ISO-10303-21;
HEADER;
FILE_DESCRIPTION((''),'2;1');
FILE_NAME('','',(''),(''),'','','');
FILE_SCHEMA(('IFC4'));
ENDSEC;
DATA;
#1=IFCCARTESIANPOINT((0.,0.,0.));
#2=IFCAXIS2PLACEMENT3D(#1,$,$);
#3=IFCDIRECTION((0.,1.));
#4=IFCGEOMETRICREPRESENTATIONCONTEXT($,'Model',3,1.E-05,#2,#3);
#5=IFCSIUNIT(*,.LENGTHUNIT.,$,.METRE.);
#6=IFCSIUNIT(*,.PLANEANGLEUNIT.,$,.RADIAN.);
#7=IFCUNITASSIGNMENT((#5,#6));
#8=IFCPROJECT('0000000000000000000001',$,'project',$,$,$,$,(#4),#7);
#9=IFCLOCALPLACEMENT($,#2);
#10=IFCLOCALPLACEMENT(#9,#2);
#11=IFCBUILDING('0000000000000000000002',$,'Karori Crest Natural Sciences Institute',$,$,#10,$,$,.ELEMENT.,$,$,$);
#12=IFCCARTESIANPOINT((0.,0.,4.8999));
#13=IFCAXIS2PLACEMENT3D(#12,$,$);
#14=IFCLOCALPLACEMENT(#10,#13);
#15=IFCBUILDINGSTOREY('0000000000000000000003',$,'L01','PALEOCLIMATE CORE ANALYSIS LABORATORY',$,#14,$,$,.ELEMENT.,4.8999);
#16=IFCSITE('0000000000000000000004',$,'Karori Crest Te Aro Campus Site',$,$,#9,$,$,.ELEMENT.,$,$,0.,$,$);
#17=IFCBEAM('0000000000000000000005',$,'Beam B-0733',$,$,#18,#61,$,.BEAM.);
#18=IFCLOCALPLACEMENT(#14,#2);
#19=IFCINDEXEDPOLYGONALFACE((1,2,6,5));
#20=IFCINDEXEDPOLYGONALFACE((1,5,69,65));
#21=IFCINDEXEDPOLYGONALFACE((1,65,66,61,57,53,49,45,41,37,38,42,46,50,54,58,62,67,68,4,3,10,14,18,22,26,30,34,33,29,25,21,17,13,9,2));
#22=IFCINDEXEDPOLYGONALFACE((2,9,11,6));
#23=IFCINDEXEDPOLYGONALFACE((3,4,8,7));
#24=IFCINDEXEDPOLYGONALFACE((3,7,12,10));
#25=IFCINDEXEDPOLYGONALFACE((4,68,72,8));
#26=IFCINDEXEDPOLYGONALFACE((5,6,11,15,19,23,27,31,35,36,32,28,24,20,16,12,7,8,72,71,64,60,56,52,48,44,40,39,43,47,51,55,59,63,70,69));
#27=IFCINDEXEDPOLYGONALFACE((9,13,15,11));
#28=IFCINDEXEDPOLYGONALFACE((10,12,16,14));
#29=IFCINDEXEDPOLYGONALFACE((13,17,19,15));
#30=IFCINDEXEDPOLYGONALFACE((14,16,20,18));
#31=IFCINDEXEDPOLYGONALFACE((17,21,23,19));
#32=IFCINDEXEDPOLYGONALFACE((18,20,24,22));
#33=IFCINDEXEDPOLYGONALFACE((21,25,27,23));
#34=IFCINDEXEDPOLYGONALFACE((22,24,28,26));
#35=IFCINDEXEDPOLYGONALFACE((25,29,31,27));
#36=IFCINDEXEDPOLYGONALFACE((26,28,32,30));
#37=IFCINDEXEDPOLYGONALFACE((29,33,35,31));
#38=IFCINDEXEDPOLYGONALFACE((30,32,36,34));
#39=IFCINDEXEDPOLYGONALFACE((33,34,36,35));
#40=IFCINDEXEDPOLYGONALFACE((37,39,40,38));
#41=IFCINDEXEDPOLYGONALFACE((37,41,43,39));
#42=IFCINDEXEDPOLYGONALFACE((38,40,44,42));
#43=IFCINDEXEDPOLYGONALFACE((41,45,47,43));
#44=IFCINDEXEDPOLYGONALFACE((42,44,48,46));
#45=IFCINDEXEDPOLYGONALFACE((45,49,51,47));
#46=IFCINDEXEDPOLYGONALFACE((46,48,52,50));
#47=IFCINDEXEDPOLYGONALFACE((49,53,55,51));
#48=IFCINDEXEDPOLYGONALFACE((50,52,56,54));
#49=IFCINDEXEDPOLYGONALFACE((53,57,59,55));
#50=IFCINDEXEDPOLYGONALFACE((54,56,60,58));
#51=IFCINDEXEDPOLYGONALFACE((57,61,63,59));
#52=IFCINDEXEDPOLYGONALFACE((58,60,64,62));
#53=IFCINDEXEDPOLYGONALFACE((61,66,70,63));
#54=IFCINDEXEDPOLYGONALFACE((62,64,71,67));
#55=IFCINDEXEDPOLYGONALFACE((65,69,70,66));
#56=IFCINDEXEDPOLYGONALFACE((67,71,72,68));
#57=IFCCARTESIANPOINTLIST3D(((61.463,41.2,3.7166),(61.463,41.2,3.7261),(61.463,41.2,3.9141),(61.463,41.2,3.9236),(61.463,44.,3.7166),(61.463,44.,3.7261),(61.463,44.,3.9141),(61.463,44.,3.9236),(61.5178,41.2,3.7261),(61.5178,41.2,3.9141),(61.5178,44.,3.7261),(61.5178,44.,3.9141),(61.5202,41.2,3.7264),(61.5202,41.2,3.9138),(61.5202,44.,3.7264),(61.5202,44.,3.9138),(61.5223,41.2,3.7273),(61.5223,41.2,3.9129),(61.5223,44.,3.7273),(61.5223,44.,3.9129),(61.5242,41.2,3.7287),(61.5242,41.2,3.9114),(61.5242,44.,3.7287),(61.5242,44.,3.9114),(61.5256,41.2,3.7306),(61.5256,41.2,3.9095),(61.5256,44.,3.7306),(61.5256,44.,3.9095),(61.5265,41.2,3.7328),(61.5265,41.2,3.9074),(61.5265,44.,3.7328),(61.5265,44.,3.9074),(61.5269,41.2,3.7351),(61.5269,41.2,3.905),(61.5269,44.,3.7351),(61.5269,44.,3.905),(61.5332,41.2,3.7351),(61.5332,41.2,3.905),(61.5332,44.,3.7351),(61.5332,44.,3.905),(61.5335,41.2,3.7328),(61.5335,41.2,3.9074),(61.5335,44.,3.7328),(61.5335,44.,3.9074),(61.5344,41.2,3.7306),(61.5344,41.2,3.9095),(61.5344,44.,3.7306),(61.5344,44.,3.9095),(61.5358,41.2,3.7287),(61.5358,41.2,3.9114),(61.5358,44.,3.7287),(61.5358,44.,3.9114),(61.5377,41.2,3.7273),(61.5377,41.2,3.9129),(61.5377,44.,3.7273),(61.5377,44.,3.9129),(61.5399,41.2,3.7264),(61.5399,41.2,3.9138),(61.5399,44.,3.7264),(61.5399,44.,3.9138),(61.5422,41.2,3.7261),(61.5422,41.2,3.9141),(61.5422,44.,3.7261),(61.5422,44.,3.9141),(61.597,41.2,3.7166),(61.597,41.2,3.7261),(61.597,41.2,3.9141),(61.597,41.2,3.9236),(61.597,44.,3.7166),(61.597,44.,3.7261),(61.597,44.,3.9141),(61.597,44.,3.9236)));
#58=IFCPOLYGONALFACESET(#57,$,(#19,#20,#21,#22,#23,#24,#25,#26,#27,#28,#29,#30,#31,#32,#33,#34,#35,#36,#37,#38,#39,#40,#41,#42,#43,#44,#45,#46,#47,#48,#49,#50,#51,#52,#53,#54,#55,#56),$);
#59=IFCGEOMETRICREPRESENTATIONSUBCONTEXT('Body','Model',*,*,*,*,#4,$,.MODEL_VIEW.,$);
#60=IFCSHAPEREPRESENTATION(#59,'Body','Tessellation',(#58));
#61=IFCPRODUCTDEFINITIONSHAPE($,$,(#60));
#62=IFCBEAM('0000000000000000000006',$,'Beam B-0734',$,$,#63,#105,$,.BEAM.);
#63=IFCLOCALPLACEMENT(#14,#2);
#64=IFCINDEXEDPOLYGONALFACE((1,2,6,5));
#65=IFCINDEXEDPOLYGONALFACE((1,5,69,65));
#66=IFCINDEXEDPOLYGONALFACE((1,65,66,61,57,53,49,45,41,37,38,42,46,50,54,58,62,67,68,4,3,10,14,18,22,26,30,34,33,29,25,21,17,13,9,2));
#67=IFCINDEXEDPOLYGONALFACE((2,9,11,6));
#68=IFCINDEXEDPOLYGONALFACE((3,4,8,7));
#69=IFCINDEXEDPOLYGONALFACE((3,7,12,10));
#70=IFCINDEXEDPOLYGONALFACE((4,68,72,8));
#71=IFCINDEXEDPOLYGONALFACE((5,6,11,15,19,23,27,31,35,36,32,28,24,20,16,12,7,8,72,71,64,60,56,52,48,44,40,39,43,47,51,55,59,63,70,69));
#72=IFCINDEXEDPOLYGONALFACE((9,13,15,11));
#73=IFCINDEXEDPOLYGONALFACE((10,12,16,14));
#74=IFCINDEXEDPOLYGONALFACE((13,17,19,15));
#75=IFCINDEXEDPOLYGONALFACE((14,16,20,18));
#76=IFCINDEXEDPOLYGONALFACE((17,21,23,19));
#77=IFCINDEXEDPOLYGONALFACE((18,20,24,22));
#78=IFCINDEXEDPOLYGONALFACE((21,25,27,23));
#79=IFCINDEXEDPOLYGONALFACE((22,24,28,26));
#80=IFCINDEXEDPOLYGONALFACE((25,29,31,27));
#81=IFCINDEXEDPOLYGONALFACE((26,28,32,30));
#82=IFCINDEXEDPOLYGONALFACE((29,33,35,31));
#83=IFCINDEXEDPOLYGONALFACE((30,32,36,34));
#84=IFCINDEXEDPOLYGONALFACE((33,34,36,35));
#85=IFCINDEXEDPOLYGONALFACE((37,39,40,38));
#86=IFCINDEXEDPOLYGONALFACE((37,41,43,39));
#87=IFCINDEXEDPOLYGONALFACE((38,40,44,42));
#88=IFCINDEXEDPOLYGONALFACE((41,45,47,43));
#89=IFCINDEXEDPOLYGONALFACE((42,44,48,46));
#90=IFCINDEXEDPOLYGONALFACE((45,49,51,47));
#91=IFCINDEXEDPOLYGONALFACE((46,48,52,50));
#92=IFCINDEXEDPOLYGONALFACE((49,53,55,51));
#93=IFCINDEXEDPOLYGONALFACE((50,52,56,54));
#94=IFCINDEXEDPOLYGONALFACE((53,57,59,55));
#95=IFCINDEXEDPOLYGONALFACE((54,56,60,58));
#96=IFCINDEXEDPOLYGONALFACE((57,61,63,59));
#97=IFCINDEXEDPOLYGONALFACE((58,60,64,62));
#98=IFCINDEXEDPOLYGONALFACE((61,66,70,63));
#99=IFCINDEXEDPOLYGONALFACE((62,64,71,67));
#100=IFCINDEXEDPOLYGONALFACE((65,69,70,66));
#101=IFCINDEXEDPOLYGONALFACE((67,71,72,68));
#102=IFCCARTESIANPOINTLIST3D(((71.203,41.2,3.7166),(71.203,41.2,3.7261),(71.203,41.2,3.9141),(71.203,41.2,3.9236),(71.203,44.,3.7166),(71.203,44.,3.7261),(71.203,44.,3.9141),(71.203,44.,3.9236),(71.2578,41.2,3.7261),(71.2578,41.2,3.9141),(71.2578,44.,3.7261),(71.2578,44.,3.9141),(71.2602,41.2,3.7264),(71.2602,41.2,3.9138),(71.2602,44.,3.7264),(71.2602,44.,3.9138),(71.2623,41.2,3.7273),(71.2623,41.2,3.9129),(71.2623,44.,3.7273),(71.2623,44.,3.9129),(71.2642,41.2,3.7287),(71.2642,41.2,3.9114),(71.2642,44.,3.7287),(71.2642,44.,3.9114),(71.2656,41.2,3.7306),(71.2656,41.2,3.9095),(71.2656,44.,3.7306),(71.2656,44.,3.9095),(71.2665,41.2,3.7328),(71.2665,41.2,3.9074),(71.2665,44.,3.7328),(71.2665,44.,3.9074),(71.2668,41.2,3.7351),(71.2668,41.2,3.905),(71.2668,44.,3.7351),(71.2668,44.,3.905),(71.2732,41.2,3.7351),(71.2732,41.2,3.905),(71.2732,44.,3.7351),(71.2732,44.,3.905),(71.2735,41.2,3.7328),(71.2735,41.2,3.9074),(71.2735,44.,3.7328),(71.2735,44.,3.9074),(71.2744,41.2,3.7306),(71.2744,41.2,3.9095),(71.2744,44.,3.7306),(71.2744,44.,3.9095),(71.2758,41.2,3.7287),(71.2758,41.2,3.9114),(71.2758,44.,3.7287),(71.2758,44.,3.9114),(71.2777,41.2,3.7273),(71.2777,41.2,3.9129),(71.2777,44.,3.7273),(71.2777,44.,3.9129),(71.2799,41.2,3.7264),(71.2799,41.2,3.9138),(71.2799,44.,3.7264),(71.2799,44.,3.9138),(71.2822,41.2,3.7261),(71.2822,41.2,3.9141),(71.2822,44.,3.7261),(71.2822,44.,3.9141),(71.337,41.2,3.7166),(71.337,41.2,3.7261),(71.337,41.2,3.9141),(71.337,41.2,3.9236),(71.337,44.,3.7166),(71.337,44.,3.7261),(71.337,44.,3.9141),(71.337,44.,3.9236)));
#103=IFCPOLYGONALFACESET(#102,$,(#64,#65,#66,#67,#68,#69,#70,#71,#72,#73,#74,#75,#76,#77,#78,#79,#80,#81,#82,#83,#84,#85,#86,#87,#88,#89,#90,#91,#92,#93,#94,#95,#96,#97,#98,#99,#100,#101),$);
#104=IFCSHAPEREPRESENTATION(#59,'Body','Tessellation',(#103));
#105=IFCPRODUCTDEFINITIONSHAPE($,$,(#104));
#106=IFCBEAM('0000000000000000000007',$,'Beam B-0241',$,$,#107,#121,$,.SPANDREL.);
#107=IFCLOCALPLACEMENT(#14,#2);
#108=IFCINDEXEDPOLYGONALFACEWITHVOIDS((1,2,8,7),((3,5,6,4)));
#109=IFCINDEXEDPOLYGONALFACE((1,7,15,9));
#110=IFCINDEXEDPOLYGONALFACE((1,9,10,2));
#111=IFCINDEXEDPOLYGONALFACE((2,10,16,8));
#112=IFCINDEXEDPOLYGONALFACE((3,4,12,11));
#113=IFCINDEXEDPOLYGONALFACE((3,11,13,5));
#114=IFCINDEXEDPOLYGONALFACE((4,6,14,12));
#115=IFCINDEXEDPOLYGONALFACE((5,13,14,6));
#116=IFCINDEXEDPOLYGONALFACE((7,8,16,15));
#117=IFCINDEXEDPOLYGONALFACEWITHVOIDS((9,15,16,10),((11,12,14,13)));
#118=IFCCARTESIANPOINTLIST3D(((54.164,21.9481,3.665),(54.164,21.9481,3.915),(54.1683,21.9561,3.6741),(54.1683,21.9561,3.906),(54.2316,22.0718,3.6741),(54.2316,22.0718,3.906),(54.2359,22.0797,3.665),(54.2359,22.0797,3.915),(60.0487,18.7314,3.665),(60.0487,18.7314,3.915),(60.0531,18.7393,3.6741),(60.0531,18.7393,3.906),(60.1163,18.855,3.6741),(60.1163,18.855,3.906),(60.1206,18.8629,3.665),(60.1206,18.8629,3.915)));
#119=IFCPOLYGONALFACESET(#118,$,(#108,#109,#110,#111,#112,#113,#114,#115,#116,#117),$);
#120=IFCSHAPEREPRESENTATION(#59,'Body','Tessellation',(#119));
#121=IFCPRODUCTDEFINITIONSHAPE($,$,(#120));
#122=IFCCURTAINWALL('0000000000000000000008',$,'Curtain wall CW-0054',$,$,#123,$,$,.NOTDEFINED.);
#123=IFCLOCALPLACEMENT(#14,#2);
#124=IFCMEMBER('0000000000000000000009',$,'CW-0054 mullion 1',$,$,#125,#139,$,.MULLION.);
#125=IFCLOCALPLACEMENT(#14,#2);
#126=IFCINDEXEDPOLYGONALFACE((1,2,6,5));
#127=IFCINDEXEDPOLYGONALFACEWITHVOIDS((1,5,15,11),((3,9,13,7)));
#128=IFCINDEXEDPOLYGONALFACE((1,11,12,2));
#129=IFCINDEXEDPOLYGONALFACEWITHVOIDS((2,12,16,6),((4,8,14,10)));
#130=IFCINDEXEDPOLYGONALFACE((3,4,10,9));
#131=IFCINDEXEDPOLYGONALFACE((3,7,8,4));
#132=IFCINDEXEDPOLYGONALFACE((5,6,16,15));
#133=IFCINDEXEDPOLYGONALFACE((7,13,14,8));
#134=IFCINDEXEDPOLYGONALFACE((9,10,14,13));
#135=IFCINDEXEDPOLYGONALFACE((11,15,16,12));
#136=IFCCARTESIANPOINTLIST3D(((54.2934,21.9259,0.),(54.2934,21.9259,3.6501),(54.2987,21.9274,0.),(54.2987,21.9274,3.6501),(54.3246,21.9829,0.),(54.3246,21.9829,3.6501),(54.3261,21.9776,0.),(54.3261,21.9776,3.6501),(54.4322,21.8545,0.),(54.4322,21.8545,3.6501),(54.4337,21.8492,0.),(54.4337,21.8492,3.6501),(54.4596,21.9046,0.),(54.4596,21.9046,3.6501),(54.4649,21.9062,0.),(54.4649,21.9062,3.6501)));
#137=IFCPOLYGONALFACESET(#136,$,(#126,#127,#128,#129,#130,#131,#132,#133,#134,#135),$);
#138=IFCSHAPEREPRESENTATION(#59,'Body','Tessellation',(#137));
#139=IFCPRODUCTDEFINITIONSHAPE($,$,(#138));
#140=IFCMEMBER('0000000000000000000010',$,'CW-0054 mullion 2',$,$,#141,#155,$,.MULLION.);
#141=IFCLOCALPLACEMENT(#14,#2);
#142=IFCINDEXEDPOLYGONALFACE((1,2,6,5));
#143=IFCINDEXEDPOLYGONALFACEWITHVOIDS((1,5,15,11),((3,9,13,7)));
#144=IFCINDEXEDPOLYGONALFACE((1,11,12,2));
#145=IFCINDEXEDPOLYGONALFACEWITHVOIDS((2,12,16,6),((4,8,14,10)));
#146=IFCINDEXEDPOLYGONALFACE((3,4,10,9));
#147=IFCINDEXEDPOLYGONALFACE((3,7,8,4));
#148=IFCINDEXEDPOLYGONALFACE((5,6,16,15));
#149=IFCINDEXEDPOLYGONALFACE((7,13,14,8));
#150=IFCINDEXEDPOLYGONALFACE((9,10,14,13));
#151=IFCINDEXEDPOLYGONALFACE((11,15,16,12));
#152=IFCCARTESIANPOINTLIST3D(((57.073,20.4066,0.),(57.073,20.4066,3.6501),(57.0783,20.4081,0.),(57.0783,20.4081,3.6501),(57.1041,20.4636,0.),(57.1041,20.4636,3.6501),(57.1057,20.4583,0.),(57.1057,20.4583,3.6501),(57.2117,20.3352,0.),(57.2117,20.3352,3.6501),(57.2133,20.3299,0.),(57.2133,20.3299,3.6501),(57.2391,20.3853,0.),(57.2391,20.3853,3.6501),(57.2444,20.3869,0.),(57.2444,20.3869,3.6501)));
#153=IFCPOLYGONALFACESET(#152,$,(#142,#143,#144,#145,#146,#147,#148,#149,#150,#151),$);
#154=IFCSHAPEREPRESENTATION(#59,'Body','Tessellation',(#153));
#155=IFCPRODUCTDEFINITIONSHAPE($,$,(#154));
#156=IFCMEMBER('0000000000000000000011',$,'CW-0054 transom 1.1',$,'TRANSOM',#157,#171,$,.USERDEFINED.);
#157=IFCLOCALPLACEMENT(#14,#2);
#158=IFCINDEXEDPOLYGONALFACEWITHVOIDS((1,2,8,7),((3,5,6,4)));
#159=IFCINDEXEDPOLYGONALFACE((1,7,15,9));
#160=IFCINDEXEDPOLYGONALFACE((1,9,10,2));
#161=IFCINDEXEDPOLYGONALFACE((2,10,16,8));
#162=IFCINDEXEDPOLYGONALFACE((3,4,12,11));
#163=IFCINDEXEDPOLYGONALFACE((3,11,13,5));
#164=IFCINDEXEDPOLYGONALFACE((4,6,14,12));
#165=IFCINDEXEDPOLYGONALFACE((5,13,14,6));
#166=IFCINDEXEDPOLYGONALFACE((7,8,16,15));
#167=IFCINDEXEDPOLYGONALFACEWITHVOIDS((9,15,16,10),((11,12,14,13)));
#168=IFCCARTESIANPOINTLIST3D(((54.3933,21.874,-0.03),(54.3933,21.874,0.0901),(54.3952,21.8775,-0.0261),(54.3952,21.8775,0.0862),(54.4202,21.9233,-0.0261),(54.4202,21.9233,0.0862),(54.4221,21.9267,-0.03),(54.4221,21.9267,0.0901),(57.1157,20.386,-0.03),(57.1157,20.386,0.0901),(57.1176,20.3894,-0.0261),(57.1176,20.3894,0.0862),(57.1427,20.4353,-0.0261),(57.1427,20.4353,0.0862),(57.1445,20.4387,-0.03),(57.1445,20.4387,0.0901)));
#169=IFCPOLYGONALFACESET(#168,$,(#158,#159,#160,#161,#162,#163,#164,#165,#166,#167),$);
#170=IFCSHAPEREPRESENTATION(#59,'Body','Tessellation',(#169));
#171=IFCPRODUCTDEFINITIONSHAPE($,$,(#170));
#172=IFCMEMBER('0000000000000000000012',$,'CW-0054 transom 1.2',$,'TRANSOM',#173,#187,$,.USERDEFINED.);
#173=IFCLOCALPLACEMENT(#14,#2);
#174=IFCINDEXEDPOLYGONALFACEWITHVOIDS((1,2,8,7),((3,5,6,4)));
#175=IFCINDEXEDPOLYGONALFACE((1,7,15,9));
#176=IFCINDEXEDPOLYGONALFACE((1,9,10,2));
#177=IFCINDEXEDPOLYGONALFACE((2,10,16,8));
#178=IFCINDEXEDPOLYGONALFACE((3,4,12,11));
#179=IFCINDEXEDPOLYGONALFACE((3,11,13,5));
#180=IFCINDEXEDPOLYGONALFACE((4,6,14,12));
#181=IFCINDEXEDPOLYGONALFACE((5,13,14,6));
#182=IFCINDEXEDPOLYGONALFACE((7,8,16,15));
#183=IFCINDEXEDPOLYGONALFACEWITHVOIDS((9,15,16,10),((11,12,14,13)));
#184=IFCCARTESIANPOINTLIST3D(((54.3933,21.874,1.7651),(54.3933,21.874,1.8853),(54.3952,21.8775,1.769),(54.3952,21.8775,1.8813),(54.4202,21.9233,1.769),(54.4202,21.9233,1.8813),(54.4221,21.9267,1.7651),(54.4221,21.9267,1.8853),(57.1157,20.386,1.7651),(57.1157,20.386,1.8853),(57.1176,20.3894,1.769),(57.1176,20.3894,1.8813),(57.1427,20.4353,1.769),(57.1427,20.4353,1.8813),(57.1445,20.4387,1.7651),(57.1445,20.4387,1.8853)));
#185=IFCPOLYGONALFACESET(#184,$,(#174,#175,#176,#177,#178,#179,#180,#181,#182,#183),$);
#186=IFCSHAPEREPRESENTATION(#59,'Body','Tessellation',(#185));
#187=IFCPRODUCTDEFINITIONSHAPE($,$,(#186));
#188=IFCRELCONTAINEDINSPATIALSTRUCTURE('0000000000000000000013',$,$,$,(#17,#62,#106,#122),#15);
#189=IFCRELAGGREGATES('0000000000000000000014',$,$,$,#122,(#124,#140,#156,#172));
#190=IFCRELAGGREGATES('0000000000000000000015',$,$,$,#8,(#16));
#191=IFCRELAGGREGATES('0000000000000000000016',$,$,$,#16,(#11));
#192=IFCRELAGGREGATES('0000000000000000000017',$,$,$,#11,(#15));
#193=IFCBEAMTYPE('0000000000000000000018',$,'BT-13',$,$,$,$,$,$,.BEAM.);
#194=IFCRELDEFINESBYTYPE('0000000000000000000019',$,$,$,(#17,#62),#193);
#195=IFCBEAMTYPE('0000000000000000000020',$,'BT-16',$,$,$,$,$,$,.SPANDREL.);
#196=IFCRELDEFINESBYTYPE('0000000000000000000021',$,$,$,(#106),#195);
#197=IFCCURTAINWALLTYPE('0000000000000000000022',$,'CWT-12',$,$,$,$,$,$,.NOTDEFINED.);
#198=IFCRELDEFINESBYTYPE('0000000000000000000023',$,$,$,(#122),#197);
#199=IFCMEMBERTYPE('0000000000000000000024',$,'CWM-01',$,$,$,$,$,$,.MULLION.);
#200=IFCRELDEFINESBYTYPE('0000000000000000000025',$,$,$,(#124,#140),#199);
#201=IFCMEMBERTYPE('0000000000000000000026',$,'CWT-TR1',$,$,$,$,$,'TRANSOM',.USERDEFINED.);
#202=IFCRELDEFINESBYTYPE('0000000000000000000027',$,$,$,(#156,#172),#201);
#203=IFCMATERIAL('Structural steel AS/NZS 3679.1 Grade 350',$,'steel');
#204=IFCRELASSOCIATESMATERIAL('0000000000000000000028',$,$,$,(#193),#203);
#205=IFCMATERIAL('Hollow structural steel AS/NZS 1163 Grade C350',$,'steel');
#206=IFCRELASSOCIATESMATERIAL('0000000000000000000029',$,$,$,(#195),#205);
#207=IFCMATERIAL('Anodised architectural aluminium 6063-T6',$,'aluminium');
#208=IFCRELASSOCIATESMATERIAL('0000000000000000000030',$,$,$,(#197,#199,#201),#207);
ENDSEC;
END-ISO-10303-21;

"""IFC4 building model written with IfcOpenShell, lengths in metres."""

from ifc_helpers import new_model, si_unit, direction, frame, origin, origin_2d, place, context, subcontext, project, spatial, hollow_rectangle, i_section, extrude, material, material_profile, profile_set, type_object, element, aggregate, save


model = new_model("IFC4")

# Units and contexts
model_context = context("Model", 3, precision=1e-05, world=origin(), true_north=direction((0.0, 1.0)))
body_context = subcontext(model_context, "Body", "Model", "MODEL_VIEW")
ifc_project = project(units=[si_unit("LENGTHUNIT", "METRE"), si_unit("PLANEANGLEUNIT", "RADIAN")], contexts=[model_context])

# Site, building, storey
site_placement = place(None, origin())
site = spatial("IfcSite", under=ifc_project, at=site_placement, Name="Karori Crest Te Aro Campus Site", CompositionType="ELEMENT", RefElevation=0.0)
building_placement = place(site_placement, origin())
building = spatial("IfcBuilding", under=site, at=building_placement, Name="Karori Crest Natural Sciences Institute", CompositionType="ELEMENT")
storey_placement = place(building_placement, frame((0.0, 0.0, 4.8999)))
storey = spatial("IfcBuildingStorey", under=building, at=storey_placement, Name="L01", Description="PALEOCLIMATE CORE ANALYSIS LABORATORY", CompositionType="ELEMENT", Elevation=4.8999)

# Shared definitions
ifc_material_1 = material(Name="Hollow structural steel AS/NZS 1163 Grade C350", Category="steel")

# Beams
ifc_material_2 = material(Name="Structural steel AS/NZS 3679.1 Grade 350", Category="steel")
ifc_material_profile_1 = material_profile(ifc_material_2, i_section(OverallWidth=0.134, OverallDepth=0.207, WebThickness=0.0063, FlangeThickness=0.0095, FilletRadius=0.009, at=origin_2d()), Name="200UB29.8")
ifc_profile_set_1 = profile_set([ifc_material_profile_1], Name="Structural steel AS/NZS 3679.1 Grade 350")
beam_type_1 = type_object("IfcBeamType", Name="BT-13", PredefinedType="BEAM", material=ifc_profile_set_1)
for number, where, z_axis, x_axis, name in (
    (1, (61.53, 41.2, 3.8201), (0.0, 1.0, 0.0), (-1.0, 0.0, 0.0), "Beam B-0733"),
    (2, (71.27, 41.2, 3.8201), (0.0, 1.0, 0.0), (-1.0, 0.0, 0.0), "Beam B-0734"),
):
    element("IfcBeam", number, at=place(storey_placement, frame(where, z_axis=z_axis, x_axis=x_axis)), inside=storey, type_object=beam_type_1, Name=name, PredefinedType="BEAM", context=body_context, shape_type="SweptSolid", body=[
        extrude(i_section(OverallWidth=0.134, OverallDepth=0.207, WebThickness=0.0063, FlangeThickness=0.0095, FilletRadius=0.009, at=origin_2d()), origin(), (0.0, 0.0, 1.0), 2.8),
    ])
ifc_material_profile_2 = material_profile(ifc_material_1, hollow_rectangle(XDim=0.1499, YDim=0.25, WallThickness=0.009, at=origin_2d()), Name="RHS250x150x9")
ifc_profile_set_2 = profile_set([ifc_material_profile_2], Name="Hollow structural steel AS/NZS 1163 Grade C350")
beam_type_2 = type_object("IfcBeamType", Name="BT-16", PredefinedType="SPANDREL", material=ifc_profile_set_2)
beam_1_placement = place(storey_placement, frame((54.2, 22.0139, 3.79), z_axis=(0.877461, -0.479648, 0.0), x_axis=(0.479648, 0.877461, 0.0)))
element("IfcBeam", 3, at=beam_1_placement, inside=storey, type_object=beam_type_2, Name="Beam B-0241", PredefinedType="SPANDREL", context=body_context, shape_type="SweptSolid", body=[
    extrude(hollow_rectangle(XDim=0.1499, YDim=0.25, WallThickness=0.009, at=origin_2d()), origin(), (0.0, 0.0, 1.0), 6.7065),
])

# Curtain wall, members
ifc_material_3 = material(Name="Anodised architectural aluminium 6063-T6", Category="aluminium")
curtain_wall_type = type_object("IfcCurtainWallType", Name="CWT-12", PredefinedType="NOTDEFINED", material=ifc_material_3)
curtain_wall_placement = place(storey_placement, origin())
curtain_wall = element("IfcCurtainWall", 4, at=curtain_wall_placement, inside=storey, type_object=curtain_wall_type, Name="Curtain wall CW-0054", PredefinedType="NOTDEFINED")
ifc_material_profile_3 = material_profile(ifc_material_3, hollow_rectangle(XDim=0.0649, YDim=0.1599, WallThickness=0.0039, at=origin_2d()), Name="CWM160x65x4")
ifc_profile_set_3 = profile_set([ifc_material_profile_3], Name="Anodised architectural aluminium 6063-T6")
member_type_1 = type_object("IfcMemberType", Name="CWM-01", PredefinedType="MULLION", material=ifc_profile_set_3)
member_1_placement = place(storey_placement, frame((54.3792, 21.916, 0.0), z_axis=(0.0, 0.0, 1.0), x_axis=(0.479643, 0.877464, 0.0)))
member_1 = element("IfcMember", 5, at=member_1_placement, type_object=member_type_1, Name="CW-0054 mullion 1", PredefinedType="MULLION", context=body_context, shape_type="SweptSolid", body=[
    extrude(hollow_rectangle(XDim=0.0649, YDim=0.1599, WallThickness=0.0039, at=origin_2d()), origin(), (0.0, 0.0, 1.0), 3.6501),
])
member_2_placement = place(storey_placement, frame((57.1587, 20.3967, 0.0), z_axis=(0.0, 0.0, 1.0), x_axis=(0.479643, 0.877464, 0.0)))
member_2 = element("IfcMember", 6, at=member_2_placement, type_object=member_type_1, Name="CW-0054 mullion 2", PredefinedType="MULLION", context=body_context, shape_type="SweptSolid", body=[
    extrude(hollow_rectangle(XDim=0.0649, YDim=0.1599, WallThickness=0.0039, at=origin_2d()), origin(), (0.0, 0.0, 1.0), 3.6501),
])
ifc_material_profile_4 = material_profile(ifc_material_3, hollow_rectangle(XDim=0.0601, YDim=0.1201, WallThickness=0.0039, at=origin_2d()), Name="CWT120x60x4")
ifc_profile_set_4 = profile_set([ifc_material_profile_4], Name="Anodised architectural aluminium 6063-T6")
member_type_2 = type_object("IfcMemberType", Name="CWT-TR1", ElementType="TRANSOM", PredefinedType="USERDEFINED", material=ifc_profile_set_4)
member_3_placement = place(storey_placement, frame((54.4077, 21.9004, 0.03), z_axis=(0.877477, -0.479618, 0.0), x_axis=(0.479618, 0.877477, 0.0)))
member_3 = element("IfcMember", 7, at=member_3_placement, type_object=member_type_2, Name="CW-0054 transom 1.1", ObjectType="TRANSOM", PredefinedType="USERDEFINED", context=body_context, shape_type="SweptSolid", body=[
    extrude(hollow_rectangle(XDim=0.0601, YDim=0.1201, WallThickness=0.0039, at=origin_2d()), origin(), (0.0, 0.0, 1.0), 3.1025),
])
member_4_placement = place(storey_placement, frame((54.4077, 21.9004, 1.8252), z_axis=(0.877477, -0.479618, 0.0), x_axis=(0.479618, 0.877477, 0.0)))
member_4 = element("IfcMember", 8, at=member_4_placement, type_object=member_type_2, Name="CW-0054 transom 1.2", ObjectType="TRANSOM", PredefinedType="USERDEFINED", context=body_context, shape_type="SweptSolid", body=[
    extrude(hollow_rectangle(XDim=0.0601, YDim=0.1201, WallThickness=0.0039, at=origin_2d()), origin(), (0.0, 0.0, 1.0), 3.1025),
])
aggregate(curtain_wall, [member_1, member_2, member_3, member_4])

save(model, "model.ifc")
